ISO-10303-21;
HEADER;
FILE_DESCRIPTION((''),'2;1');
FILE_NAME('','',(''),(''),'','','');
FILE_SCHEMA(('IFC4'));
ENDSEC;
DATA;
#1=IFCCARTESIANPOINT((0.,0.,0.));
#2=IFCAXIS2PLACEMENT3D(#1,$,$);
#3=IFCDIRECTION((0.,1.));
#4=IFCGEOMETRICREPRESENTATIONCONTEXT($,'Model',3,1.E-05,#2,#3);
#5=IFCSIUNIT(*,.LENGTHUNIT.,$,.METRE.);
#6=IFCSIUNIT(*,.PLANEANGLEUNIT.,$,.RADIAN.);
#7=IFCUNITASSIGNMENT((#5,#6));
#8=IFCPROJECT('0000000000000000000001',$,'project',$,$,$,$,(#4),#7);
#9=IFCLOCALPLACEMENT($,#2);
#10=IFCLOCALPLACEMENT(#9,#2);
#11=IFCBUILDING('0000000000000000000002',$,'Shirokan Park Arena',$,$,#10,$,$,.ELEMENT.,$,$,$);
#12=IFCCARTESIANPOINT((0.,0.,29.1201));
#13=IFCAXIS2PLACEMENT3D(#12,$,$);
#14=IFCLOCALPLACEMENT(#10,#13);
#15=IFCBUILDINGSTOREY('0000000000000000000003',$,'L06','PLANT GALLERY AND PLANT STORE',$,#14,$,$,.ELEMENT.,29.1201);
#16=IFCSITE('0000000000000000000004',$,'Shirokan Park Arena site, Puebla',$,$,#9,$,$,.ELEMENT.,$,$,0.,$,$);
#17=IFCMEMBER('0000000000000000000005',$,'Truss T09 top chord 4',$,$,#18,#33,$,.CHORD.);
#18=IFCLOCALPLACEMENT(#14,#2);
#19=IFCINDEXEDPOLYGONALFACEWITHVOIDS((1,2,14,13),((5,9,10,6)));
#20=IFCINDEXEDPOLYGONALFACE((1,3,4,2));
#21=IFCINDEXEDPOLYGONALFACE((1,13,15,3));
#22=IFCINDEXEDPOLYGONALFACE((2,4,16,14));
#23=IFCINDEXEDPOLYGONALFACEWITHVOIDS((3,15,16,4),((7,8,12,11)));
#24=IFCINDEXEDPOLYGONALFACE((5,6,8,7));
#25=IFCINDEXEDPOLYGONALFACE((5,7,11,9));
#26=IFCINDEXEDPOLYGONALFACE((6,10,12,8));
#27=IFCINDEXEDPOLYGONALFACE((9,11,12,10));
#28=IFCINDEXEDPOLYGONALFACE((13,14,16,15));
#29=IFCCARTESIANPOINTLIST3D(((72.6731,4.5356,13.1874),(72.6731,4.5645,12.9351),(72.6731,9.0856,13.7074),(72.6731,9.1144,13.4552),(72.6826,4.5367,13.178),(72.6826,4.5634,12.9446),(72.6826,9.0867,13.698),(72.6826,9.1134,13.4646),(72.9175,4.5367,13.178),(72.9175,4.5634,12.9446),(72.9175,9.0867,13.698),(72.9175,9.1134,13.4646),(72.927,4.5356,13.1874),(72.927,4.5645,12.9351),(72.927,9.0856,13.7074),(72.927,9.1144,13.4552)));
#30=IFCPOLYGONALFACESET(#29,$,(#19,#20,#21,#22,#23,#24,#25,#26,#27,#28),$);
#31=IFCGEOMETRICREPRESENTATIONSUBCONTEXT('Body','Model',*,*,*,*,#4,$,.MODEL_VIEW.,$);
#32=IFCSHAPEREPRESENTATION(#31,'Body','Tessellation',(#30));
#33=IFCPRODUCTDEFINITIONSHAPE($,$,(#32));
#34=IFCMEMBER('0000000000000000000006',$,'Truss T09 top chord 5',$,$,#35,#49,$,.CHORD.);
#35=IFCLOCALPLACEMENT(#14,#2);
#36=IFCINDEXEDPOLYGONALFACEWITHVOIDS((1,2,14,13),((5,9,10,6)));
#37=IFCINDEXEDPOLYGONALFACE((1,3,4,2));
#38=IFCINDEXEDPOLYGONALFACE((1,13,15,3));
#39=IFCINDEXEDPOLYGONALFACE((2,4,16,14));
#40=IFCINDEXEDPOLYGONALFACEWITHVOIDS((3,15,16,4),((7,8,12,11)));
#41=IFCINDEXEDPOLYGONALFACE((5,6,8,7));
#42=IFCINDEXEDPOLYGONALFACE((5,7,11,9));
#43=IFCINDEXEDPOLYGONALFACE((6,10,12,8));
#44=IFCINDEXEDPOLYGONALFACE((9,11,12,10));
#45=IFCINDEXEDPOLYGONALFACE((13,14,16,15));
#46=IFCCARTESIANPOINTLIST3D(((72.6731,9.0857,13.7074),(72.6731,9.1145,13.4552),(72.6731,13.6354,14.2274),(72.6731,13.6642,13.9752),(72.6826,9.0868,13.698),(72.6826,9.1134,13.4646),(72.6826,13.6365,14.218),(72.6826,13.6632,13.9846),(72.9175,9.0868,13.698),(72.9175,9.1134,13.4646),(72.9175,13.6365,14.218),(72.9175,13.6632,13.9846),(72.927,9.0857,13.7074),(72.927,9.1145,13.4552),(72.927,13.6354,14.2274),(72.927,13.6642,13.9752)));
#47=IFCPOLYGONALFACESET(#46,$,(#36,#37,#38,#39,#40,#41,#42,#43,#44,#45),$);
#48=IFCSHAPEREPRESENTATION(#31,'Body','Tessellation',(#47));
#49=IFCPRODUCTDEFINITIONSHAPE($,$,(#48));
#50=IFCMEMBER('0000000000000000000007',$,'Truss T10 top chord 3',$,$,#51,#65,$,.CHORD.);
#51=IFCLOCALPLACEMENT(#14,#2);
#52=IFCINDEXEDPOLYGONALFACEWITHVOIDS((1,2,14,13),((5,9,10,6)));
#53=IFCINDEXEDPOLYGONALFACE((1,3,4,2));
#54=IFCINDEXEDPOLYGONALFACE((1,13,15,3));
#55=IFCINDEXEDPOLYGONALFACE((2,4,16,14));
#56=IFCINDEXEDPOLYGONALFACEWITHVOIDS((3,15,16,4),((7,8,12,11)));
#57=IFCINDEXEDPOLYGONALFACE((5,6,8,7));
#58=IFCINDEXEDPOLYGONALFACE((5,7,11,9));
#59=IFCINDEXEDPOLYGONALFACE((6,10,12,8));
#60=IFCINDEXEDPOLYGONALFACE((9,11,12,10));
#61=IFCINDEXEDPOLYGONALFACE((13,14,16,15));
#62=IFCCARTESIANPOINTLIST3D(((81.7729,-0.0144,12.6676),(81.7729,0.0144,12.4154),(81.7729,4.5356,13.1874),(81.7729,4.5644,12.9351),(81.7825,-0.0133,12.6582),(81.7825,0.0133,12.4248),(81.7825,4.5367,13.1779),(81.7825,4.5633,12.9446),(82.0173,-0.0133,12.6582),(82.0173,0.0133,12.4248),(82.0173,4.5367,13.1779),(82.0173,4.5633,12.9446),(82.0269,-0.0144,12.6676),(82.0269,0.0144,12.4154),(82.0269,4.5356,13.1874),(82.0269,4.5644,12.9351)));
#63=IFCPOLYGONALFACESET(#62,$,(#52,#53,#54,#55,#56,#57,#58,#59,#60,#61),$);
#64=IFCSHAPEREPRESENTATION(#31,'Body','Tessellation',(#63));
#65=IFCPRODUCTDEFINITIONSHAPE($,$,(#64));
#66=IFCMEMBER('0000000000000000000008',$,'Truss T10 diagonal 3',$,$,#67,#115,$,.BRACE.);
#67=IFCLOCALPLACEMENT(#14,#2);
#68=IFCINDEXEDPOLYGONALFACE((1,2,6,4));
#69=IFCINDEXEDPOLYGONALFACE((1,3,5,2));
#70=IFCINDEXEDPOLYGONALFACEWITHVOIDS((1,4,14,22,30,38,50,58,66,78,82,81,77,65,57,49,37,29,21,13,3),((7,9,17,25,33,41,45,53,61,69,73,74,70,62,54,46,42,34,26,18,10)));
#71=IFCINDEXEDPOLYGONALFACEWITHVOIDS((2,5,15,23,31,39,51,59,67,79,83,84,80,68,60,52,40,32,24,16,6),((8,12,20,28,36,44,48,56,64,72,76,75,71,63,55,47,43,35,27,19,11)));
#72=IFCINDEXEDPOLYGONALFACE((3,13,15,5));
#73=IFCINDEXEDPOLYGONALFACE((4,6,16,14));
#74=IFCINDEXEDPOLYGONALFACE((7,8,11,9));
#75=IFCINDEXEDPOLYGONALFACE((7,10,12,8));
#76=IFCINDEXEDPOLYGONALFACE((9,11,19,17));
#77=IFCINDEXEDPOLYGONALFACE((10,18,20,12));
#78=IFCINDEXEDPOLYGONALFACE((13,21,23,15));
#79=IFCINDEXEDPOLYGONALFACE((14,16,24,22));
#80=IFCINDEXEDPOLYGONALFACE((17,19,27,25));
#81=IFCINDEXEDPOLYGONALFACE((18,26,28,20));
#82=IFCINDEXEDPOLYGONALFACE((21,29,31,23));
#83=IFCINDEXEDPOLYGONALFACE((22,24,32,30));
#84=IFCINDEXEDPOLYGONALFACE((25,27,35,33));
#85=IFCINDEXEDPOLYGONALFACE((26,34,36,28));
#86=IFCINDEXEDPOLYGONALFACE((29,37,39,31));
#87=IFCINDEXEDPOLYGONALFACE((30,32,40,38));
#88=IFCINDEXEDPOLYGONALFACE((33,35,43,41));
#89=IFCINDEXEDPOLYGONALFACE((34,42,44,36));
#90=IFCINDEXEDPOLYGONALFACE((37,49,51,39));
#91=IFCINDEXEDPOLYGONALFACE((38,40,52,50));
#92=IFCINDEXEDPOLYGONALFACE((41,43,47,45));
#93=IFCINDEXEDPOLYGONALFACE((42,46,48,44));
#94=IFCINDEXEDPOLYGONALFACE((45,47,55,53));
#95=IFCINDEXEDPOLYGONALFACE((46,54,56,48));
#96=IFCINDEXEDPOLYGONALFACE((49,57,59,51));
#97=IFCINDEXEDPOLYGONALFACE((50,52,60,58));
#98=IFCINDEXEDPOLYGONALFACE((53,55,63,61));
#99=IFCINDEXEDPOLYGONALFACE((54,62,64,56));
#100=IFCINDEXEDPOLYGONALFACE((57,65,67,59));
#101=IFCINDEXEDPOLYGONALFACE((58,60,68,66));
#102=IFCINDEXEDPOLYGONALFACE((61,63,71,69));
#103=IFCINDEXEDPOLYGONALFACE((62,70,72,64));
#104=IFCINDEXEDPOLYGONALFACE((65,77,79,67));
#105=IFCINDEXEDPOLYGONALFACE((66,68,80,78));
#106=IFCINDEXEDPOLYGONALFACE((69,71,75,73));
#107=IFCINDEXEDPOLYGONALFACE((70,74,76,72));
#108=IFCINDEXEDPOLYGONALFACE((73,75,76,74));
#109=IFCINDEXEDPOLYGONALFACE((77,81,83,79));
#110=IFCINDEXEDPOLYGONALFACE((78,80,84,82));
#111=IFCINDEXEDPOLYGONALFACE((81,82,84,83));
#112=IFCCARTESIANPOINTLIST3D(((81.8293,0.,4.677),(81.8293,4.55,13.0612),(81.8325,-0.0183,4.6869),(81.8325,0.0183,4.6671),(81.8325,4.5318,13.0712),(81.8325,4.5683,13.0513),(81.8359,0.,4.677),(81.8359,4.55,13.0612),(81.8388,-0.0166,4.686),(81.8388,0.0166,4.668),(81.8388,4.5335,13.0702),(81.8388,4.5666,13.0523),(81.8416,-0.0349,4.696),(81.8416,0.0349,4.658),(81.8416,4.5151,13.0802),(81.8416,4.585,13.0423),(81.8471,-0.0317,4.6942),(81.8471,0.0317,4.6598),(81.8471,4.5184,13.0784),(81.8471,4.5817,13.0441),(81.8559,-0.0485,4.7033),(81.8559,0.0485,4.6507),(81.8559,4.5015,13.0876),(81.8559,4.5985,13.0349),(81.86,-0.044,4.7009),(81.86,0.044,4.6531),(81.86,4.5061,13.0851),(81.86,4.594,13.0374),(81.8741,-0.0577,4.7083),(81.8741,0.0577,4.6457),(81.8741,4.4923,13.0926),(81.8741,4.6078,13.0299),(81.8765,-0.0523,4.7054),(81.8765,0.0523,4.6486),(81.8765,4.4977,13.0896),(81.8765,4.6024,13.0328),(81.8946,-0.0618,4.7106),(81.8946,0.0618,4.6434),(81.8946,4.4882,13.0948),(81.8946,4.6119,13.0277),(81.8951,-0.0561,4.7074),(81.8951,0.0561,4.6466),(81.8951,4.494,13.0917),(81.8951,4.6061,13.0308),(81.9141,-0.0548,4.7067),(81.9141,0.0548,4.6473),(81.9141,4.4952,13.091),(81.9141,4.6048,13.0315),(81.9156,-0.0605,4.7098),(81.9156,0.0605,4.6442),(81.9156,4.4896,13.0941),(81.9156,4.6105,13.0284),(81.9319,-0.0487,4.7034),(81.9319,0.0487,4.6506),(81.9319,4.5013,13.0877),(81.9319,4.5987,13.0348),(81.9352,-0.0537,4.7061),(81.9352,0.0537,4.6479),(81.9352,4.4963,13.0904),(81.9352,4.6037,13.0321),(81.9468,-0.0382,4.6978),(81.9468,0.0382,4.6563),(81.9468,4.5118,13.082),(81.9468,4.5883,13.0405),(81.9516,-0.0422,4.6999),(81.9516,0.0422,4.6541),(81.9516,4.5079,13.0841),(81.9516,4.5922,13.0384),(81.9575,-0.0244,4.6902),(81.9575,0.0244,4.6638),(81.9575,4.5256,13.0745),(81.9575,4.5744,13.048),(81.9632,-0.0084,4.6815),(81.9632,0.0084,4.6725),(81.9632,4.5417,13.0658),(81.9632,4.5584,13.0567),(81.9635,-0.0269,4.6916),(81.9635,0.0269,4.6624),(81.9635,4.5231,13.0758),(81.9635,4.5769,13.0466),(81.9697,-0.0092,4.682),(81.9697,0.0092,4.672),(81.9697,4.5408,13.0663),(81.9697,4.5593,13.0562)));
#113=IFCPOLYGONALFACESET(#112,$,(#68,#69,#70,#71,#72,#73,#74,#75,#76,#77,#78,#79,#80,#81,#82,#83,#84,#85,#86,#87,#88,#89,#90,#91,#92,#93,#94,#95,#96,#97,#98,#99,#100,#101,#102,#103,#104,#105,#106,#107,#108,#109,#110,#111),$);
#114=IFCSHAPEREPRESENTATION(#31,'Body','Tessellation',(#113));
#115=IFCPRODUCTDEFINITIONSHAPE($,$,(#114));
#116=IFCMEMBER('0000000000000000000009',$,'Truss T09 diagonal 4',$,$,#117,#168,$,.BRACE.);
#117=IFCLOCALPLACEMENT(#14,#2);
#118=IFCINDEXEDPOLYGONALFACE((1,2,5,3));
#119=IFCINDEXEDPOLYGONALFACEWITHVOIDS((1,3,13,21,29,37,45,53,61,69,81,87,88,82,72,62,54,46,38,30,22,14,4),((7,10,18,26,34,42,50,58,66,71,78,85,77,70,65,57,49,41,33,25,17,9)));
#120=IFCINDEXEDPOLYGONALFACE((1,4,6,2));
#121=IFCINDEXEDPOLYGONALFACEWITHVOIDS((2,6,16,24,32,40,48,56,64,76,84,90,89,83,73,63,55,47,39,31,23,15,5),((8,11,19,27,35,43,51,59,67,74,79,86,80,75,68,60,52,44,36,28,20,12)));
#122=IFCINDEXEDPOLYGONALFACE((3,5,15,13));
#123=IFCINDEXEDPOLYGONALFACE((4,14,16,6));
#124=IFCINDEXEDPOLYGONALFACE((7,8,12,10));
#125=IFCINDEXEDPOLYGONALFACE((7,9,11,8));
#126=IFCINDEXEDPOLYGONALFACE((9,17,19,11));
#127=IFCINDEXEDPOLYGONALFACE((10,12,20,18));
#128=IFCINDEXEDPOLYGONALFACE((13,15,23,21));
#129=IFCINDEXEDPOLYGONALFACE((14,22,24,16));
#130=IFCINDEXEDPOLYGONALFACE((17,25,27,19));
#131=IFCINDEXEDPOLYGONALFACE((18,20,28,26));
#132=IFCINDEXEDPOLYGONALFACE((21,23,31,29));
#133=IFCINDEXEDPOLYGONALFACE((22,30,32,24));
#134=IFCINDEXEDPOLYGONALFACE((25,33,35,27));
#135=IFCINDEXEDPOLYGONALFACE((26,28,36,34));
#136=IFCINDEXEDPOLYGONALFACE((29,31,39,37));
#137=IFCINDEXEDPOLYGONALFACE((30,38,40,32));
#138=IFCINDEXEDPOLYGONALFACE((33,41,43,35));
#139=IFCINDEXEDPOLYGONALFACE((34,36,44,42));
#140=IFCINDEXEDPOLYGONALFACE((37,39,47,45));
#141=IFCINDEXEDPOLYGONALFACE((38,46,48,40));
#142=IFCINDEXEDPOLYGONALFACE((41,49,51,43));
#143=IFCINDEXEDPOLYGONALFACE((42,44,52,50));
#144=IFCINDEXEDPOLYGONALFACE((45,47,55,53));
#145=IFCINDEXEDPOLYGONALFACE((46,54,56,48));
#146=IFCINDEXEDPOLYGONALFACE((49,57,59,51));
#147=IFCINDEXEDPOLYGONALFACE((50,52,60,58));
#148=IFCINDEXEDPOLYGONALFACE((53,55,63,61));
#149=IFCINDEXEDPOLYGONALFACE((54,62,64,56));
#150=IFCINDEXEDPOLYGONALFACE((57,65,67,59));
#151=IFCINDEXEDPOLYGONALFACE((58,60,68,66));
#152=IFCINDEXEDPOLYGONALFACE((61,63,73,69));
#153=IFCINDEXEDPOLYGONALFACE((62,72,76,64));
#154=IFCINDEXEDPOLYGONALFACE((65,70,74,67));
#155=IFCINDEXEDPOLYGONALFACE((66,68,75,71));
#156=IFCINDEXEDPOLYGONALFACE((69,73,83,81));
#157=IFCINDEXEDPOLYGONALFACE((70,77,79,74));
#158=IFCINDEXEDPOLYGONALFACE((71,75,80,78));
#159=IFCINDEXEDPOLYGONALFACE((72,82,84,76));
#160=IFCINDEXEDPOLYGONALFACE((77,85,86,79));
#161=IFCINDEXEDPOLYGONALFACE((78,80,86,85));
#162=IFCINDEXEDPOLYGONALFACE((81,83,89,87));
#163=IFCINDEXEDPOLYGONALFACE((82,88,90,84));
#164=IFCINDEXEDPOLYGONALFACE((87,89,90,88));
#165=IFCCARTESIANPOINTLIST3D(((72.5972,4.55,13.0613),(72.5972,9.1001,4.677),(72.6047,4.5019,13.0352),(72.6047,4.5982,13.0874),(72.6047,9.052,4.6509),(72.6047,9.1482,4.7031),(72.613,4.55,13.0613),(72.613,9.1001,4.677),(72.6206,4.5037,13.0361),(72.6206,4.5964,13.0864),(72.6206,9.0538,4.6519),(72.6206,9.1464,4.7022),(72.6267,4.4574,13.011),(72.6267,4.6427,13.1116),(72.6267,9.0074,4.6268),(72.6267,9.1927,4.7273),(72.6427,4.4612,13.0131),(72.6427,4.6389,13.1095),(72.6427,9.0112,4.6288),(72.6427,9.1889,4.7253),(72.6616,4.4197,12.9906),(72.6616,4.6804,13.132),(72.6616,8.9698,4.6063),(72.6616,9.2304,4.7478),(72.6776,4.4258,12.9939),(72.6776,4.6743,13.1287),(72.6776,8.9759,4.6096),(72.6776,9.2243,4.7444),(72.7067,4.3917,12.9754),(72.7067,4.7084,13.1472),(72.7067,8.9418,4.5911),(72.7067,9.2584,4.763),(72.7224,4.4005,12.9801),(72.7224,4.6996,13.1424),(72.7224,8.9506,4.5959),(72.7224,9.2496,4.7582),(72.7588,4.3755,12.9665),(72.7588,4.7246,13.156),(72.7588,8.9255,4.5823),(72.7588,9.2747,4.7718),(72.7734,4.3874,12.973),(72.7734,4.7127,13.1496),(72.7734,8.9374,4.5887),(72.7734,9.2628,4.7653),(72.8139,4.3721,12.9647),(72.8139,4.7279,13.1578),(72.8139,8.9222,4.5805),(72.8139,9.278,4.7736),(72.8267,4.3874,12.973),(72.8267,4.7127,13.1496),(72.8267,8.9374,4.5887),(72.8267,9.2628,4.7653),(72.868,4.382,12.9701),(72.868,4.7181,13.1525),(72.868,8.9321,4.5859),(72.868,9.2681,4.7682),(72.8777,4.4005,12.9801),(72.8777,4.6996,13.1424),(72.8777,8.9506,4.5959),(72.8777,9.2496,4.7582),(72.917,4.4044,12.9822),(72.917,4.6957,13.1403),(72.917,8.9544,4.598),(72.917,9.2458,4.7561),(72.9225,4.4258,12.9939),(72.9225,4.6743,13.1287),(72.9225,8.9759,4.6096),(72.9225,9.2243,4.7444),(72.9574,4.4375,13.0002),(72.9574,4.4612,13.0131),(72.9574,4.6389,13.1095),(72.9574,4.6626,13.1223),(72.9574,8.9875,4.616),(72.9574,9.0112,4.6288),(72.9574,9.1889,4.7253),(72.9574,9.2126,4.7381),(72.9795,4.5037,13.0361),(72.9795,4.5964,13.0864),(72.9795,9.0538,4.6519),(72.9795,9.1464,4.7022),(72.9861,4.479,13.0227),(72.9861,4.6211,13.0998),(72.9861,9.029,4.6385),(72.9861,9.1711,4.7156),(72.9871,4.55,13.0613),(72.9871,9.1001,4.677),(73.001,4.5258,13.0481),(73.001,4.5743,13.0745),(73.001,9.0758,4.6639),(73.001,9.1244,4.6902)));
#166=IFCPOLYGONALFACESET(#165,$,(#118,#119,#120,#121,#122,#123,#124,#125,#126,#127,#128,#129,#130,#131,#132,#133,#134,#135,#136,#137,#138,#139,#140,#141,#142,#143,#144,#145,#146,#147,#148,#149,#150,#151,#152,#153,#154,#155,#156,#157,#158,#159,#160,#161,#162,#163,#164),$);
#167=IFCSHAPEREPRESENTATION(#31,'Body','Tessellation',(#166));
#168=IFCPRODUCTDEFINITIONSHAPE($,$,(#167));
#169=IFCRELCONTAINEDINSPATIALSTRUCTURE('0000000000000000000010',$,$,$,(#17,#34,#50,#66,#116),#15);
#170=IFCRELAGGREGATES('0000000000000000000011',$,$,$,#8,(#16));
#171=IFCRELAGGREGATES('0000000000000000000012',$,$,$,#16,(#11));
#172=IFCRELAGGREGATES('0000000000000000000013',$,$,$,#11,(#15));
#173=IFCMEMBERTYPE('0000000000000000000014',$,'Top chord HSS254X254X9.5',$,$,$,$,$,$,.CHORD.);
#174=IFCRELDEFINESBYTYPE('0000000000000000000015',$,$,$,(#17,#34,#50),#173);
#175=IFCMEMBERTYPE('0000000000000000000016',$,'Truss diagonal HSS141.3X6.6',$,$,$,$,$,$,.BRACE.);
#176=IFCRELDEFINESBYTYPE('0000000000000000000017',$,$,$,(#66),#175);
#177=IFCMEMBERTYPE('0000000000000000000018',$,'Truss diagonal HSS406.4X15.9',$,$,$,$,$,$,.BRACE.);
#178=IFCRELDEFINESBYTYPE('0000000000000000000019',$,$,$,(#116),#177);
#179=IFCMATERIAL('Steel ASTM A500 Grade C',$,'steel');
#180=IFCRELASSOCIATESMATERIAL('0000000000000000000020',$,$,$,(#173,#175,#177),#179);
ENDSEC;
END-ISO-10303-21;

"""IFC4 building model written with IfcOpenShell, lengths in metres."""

from ifc_helpers import new_model, si_unit, direction, frame, origin, origin_2d, place, context, subcontext, project, spatial, hollow_rectangle, hollow_circle, extrude, material, material_profile, profile_set, type_object, element, save


model = new_model("IFC4")

# Units and contexts
model_context = context("Model", 3, precision=1e-05, world=origin(), true_north=direction((0.0, 1.0)))
body_context = subcontext(model_context, "Body", "Model", "MODEL_VIEW")
ifc_project = project(units=[si_unit("LENGTHUNIT", "METRE"), si_unit("PLANEANGLEUNIT", "RADIAN")], contexts=[model_context])

# Site, building, storey
site_placement = place(None, origin())
site = spatial("IfcSite", under=ifc_project, at=site_placement, Name="Shirokan Park Arena site, Puebla", CompositionType="ELEMENT", RefElevation=0.0)
building_placement = place(site_placement, origin())
building = spatial("IfcBuilding", under=site, at=building_placement, Name="Shirokan Park Arena", CompositionType="ELEMENT")
storey_placement = place(building_placement, frame((0.0, 0.0, 29.1201)))
storey = spatial("IfcBuildingStorey", under=building, at=storey_placement, Name="L06", Description="PLANT GALLERY AND PLANT STORE", CompositionType="ELEMENT", Elevation=29.1201)

# Shared definitions
ifc_material_1 = material(Name="Steel ASTM A500 Grade C", Category="steel")

# Members
ifc_material_profile_1 = material_profile(ifc_material_1, hollow_rectangle(XDim=0.2539, YDim=0.2539, WallThickness=0.0095, at=origin_2d()), Name="HSS254X254X9.5")
ifc_profile_set_1 = profile_set([ifc_material_profile_1], Name="Steel ASTM A500 Grade C")
member_type_1 = type_object("IfcMemberType", Name="Top chord HSS254X254X9.5", PredefinedType="CHORD", material=ifc_profile_set_1)
member_1_placement = place(storey_placement, frame((72.8, 4.55, 13.0613), z_axis=(0.0, 0.993532, 0.11355), x_axis=(-1.0, 0.0, 0.0)))
element("IfcMember", 1, at=member_1_placement, inside=storey, type_object=member_type_1, Name="Truss T09 top chord 4", PredefinedType="CHORD", context=body_context, shape_type="SweptSolid", body=[
    extrude(hollow_rectangle(XDim=0.2539, YDim=0.2539, WallThickness=0.0095, at=origin_2d()), origin(), (0.0, 0.0, 1.0), 4.5796),
])
member_2_placement = place(storey_placement, frame((72.8, 9.1001, 13.5813), z_axis=(0.0, 0.993532, 0.113556), x_axis=(-1.0, 0.0, 0.0)))
element("IfcMember", 2, at=member_2_placement, inside=storey, type_object=member_type_1, Name="Truss T09 top chord 5", PredefinedType="CHORD", context=body_context, shape_type="SweptSolid", body=[
    extrude(hollow_rectangle(XDim=0.2539, YDim=0.2539, WallThickness=0.0095, at=origin_2d()), origin(), (0.0, 0.0, 1.0), 4.5793),
])
member_3_placement = place(storey_placement, frame((81.8999, 0.0, 12.5415), z_axis=(0.0, 0.993538, 0.113497), x_axis=(-1.0, 0.0, 0.0)))
element("IfcMember", 3, at=member_3_placement, inside=storey, type_object=member_type_1, Name="Truss T10 top chord 3", PredefinedType="CHORD", context=body_context, shape_type="SweptSolid", body=[
    extrude(hollow_rectangle(XDim=0.2539, YDim=0.2539, WallThickness=0.0095, at=origin_2d()), origin(), (0.0, 0.0, 1.0), 4.5796),
])
ifc_material_profile_2 = material_profile(ifc_material_1, hollow_circle(Radius=0.0706, WallThickness=0.0066, at=origin_2d()), Name="HSS141.3X6.6")
ifc_profile_set_2 = profile_set([ifc_material_profile_2], Name="Steel ASTM A500 Grade C")
member_type_2 = type_object("IfcMemberType", Name="Truss diagonal HSS141.3X6.6", PredefinedType="BRACE", material=ifc_profile_set_2)
member_4_placement = place(storey_placement, frame((81.8999, 0.0, 4.677), z_axis=(0.0, 0.476977, 0.878916), x_axis=(-1.0, 0.0, 0.0)))
element("IfcMember", 4, at=member_4_placement, inside=storey, type_object=member_type_2, Name="Truss T10 diagonal 3", PredefinedType="BRACE", context=body_context, shape_type="SweptSolid", body=[
    extrude(hollow_circle(Radius=0.0706, WallThickness=0.0066, at=origin_2d()), origin(), (0.0, 0.0, 1.0), 9.5393),
])
ifc_material_profile_3 = material_profile(ifc_material_1, hollow_circle(Radius=0.2029, WallThickness=0.0159, at=origin_2d()), Name="HSS406.4X15.9")
ifc_profile_set_3 = profile_set([ifc_material_profile_3], Name="Steel ASTM A500 Grade C")
member_type_3 = type_object("IfcMemberType", Name="Truss diagonal HSS406.4X15.9", PredefinedType="BRACE", material=ifc_profile_set_3)
member_5_placement = place(storey_placement, frame((72.8, 4.55, 13.0613), z_axis=(0.0, 0.476977, -0.878916), x_axis=(-1.0, 0.0, 0.0)))
element("IfcMember", 5, at=member_5_placement, inside=storey, type_object=member_type_3, Name="Truss T09 diagonal 4", PredefinedType="BRACE", context=body_context, shape_type="SweptSolid", body=[
    extrude(hollow_circle(Radius=0.2029, WallThickness=0.0159, at=origin_2d()), origin(), (0.0, 0.0, 1.0), 9.5393),
])

save(model, "model.ifc")
